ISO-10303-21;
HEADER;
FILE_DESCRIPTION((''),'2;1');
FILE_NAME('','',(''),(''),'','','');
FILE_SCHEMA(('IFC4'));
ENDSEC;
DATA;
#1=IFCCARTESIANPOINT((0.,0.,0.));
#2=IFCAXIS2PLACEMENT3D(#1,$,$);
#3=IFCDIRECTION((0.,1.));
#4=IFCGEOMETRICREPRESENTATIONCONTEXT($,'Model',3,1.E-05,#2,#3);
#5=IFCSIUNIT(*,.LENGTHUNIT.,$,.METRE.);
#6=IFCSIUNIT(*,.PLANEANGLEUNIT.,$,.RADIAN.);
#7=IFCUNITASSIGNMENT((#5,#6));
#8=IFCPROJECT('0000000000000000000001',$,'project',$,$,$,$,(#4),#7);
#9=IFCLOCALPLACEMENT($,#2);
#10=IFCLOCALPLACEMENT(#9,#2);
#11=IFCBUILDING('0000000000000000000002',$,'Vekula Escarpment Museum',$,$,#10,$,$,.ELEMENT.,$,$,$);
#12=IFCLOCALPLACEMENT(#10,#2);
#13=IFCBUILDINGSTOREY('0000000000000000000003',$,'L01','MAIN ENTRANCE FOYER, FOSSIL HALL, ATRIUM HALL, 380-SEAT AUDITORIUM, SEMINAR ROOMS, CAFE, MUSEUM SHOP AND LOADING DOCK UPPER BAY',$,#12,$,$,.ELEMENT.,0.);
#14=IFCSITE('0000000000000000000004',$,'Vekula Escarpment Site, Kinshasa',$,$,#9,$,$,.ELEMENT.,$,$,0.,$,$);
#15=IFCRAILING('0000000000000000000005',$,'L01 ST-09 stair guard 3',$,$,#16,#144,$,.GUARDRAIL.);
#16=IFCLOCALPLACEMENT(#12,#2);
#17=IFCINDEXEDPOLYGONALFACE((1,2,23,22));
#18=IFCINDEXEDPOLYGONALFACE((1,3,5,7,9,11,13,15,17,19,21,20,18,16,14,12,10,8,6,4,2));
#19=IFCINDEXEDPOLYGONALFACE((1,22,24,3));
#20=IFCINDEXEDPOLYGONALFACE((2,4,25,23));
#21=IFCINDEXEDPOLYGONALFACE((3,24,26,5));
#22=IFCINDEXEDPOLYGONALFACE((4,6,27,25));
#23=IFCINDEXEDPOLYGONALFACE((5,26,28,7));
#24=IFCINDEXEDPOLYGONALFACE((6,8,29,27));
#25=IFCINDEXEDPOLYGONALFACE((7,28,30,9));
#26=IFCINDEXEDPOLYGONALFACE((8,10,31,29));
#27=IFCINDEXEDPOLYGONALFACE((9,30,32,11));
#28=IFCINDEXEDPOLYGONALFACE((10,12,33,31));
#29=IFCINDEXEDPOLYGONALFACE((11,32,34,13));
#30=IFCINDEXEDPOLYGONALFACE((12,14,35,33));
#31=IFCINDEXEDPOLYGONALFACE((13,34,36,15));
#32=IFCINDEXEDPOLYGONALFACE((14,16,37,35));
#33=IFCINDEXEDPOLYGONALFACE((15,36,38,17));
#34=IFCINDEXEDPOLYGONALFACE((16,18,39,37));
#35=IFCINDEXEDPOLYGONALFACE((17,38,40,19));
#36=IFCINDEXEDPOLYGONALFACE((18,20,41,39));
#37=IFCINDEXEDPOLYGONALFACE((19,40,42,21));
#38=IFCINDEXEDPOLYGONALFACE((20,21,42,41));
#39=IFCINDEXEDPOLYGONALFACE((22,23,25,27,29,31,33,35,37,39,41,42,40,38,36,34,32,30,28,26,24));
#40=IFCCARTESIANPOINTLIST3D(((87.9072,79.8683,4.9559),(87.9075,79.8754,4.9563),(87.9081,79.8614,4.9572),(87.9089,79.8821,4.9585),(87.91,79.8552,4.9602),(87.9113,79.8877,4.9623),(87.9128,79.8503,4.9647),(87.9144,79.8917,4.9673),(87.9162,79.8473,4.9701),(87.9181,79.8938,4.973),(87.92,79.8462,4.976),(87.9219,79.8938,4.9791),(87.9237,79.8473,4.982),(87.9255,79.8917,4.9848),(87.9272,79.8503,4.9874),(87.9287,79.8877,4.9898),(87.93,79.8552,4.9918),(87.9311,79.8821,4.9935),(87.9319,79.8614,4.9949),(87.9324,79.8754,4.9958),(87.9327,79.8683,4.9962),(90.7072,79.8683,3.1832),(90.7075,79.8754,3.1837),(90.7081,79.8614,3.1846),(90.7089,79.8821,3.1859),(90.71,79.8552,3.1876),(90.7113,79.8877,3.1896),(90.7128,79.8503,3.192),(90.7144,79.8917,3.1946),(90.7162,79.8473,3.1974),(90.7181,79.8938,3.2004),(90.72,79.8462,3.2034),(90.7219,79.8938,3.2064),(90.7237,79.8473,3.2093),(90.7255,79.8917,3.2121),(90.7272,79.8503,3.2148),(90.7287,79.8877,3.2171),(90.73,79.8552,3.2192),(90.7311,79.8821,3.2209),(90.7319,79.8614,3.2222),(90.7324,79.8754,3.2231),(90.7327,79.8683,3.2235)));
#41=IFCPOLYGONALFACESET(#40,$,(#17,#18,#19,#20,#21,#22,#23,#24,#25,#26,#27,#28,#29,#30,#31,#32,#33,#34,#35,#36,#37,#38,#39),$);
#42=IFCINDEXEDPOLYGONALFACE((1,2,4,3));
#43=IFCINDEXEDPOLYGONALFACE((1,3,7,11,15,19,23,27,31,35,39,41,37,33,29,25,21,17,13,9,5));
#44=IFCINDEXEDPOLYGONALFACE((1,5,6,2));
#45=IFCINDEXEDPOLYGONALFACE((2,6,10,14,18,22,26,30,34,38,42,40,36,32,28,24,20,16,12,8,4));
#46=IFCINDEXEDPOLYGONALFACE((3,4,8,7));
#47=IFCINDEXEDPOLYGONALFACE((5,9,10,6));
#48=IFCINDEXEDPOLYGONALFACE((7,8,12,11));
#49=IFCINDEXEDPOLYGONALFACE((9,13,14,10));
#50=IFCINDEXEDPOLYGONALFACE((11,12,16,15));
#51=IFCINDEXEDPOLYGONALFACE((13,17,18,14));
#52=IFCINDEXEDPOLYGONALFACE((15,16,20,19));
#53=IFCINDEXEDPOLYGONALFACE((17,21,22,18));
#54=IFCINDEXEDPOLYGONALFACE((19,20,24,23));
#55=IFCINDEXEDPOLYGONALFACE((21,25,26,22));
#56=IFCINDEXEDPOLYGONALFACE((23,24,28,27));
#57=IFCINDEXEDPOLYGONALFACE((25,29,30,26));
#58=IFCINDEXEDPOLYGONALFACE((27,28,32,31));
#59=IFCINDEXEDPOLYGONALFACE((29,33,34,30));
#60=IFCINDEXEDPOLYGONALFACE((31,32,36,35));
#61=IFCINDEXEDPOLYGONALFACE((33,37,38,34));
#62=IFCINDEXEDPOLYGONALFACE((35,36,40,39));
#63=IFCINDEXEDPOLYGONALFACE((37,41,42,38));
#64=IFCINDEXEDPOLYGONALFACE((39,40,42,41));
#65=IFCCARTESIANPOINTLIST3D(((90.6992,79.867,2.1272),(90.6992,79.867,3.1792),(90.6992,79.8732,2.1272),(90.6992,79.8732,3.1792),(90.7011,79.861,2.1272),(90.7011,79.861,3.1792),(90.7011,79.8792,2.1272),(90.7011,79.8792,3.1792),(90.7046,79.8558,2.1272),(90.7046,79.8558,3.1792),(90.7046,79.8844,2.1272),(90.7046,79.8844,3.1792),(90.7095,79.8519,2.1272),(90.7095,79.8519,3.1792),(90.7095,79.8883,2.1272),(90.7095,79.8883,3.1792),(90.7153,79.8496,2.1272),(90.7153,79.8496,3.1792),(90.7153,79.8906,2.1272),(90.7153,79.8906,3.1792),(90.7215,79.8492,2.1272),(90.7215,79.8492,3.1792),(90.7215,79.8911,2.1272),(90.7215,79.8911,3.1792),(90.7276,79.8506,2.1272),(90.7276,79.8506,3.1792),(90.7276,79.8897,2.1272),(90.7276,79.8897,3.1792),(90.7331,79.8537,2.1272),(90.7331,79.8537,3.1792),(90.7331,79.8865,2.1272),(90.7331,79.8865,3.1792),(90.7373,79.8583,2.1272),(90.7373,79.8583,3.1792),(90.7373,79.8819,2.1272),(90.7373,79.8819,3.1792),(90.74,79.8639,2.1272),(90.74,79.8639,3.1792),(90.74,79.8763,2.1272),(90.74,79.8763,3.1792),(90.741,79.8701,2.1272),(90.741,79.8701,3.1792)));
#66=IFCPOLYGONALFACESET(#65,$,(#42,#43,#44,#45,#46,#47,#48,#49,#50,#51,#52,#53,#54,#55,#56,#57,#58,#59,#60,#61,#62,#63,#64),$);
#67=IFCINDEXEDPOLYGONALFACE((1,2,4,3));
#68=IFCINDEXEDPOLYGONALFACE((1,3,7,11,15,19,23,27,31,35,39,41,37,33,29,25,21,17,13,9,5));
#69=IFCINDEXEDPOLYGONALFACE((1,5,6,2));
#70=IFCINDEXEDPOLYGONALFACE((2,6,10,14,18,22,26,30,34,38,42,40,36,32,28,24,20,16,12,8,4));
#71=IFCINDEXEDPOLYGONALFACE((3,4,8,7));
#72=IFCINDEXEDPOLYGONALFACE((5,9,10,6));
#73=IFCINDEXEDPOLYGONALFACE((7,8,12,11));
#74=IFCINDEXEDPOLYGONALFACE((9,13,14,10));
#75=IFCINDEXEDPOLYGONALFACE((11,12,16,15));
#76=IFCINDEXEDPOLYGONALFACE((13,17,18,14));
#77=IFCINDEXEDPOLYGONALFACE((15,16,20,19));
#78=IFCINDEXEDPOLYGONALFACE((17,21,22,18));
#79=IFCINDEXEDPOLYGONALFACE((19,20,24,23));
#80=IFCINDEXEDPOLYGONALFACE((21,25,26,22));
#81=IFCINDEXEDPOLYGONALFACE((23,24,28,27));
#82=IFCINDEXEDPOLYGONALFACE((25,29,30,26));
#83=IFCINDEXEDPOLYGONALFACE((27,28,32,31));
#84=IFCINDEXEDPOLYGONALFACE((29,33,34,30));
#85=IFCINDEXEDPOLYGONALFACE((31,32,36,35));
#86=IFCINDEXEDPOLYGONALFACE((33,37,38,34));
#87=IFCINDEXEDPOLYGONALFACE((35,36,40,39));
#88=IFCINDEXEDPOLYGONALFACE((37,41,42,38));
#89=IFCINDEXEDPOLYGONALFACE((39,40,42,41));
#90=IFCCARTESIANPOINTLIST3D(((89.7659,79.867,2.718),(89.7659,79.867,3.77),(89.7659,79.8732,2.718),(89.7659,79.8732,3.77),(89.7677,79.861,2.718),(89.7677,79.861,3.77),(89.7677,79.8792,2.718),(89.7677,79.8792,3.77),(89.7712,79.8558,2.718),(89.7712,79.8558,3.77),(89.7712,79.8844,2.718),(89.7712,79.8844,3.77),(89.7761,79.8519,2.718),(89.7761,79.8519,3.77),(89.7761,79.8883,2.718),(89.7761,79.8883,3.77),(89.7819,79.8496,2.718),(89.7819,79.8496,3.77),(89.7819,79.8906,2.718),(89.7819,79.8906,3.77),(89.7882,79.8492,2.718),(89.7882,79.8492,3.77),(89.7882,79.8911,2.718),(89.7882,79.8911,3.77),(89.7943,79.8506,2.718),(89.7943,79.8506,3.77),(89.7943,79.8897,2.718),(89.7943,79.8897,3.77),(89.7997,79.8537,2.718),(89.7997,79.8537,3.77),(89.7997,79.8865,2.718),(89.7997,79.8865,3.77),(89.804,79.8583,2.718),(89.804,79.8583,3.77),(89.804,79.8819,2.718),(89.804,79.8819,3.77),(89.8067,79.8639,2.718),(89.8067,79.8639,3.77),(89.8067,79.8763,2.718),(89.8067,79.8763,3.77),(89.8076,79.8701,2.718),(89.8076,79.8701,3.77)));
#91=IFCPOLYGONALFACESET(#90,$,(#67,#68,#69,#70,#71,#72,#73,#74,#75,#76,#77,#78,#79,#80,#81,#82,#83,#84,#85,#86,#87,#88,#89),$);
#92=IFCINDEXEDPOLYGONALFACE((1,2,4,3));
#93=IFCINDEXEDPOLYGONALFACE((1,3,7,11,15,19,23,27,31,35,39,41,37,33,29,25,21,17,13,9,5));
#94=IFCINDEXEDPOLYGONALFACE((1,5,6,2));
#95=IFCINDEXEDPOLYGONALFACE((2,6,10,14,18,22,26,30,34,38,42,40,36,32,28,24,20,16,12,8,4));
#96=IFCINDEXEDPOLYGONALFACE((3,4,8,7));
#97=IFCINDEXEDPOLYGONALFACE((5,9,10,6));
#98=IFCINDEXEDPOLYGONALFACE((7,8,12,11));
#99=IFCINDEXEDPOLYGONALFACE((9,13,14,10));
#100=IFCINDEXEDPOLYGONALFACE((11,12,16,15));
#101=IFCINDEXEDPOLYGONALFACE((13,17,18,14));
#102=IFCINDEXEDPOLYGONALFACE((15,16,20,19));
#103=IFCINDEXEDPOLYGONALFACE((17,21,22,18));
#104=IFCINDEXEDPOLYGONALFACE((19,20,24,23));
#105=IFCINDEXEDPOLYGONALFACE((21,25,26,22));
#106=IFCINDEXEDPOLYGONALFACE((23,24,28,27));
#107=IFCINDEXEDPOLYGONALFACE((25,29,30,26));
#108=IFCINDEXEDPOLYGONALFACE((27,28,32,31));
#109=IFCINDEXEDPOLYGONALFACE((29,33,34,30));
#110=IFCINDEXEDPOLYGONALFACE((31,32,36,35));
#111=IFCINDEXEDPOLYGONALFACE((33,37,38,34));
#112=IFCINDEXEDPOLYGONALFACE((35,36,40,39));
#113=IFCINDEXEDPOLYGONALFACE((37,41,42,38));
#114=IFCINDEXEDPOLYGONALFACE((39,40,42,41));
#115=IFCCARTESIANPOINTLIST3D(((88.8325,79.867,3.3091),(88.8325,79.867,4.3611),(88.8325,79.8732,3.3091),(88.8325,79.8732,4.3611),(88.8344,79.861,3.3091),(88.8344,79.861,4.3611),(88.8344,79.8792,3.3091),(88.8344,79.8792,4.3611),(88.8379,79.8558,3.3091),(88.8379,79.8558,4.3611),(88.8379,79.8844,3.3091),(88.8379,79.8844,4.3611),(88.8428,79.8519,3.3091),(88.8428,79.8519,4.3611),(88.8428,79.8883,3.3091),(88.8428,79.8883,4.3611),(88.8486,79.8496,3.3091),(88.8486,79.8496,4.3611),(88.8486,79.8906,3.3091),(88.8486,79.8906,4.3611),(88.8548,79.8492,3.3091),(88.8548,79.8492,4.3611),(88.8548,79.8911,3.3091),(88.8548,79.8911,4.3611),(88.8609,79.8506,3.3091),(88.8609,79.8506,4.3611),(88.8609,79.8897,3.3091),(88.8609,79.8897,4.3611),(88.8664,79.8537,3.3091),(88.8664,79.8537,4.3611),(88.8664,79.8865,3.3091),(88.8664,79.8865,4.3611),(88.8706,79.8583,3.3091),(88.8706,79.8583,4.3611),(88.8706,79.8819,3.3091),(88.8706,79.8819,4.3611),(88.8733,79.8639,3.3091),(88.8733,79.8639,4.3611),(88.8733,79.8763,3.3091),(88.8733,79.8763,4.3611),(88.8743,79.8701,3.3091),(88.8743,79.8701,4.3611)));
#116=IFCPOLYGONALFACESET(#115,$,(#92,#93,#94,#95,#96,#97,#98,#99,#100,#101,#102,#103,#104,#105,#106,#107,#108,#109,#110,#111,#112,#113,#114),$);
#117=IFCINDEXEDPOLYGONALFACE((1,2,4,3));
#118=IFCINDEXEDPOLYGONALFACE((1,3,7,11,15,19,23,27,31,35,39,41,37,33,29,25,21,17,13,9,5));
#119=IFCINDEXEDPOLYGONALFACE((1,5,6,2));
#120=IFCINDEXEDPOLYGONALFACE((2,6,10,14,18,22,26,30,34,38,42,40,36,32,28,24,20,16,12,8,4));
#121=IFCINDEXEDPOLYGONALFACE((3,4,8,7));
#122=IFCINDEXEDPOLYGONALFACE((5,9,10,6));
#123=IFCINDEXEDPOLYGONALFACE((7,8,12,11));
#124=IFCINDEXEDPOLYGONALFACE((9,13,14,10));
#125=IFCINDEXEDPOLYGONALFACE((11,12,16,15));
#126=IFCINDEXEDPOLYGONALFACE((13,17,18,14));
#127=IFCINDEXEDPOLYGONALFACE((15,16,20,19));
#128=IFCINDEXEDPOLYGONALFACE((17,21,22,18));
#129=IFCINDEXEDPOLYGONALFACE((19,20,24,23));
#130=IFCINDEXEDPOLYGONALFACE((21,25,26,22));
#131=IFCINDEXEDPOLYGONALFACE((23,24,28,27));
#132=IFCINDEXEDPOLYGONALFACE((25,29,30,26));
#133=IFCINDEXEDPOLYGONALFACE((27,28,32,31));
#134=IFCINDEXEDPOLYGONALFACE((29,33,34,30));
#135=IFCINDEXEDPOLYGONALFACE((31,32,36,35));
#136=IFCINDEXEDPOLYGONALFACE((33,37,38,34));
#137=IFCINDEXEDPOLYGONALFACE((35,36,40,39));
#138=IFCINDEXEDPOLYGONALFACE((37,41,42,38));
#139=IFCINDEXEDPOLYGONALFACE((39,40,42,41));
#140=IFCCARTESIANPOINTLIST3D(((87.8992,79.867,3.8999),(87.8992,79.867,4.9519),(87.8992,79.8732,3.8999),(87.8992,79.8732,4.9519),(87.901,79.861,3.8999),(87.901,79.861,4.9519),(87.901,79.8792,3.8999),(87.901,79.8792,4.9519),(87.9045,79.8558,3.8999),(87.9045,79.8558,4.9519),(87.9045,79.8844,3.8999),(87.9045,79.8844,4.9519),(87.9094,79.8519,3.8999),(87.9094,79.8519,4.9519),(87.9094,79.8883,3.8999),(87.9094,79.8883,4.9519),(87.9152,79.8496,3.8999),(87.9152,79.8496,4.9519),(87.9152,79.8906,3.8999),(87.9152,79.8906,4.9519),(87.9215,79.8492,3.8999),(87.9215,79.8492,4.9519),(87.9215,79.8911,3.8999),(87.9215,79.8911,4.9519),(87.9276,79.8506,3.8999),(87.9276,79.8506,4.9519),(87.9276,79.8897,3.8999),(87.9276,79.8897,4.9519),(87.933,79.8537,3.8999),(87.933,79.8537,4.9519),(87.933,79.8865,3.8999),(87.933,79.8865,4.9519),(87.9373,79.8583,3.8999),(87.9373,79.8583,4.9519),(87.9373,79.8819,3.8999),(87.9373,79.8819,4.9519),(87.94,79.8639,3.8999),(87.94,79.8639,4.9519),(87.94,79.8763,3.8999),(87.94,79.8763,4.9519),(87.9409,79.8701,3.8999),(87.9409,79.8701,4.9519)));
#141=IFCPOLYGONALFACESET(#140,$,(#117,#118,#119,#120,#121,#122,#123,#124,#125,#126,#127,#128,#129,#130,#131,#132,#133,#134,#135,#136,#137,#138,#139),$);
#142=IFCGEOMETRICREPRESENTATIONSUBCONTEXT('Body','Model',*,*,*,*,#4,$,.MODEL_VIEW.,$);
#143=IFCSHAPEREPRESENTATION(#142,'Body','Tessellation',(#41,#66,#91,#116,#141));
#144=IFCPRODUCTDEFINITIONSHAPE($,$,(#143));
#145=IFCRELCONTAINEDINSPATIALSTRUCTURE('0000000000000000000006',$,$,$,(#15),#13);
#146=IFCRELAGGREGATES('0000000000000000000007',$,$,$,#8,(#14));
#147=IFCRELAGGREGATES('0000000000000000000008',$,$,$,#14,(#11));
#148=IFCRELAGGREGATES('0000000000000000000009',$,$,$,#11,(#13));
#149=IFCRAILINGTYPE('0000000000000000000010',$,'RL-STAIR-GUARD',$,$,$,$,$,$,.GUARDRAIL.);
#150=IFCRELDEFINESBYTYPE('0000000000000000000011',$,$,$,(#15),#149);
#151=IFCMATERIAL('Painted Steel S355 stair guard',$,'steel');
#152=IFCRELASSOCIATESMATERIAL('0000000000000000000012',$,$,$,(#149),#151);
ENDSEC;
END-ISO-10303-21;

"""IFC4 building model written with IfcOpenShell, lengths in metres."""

from ifc_helpers import new_model, si_unit, direction, frame, origin, origin_2d, place, context, subcontext, project, spatial, circle, extrude, material, type_object, element, save


model = new_model("IFC4")

# Units and contexts
model_context = context("Model", 3, precision=1e-05, world=origin(), true_north=direction((0.0, 1.0)))
body_context = subcontext(model_context, "Body", "Model", "MODEL_VIEW")
ifc_project = project(units=[si_unit("LENGTHUNIT", "METRE"), si_unit("PLANEANGLEUNIT", "RADIAN")], contexts=[model_context])

# Site, building, storey
site_placement = place(None, origin())
site = spatial("IfcSite", under=ifc_project, at=site_placement, Name="Vekula Escarpment Site, Kinshasa", CompositionType="ELEMENT", RefElevation=0.0)
building_placement = place(site_placement, origin())
building = spatial("IfcBuilding", under=site, at=building_placement, Name="Vekula Escarpment Museum", CompositionType="ELEMENT")
storey_placement = place(building_placement, origin())
storey = spatial("IfcBuildingStorey", under=building, at=storey_placement, Name="L01", Description="MAIN ENTRANCE FOYER, FOSSIL HALL, ATRIUM HALL, 380-SEAT AUDITORIUM, SEMINAR ROOMS, CAFE, MUSEUM SHOP AND LOADING DOCK UPPER BAY", CompositionType="ELEMENT", Elevation=0.0)

# Railing
ifc_material_1 = material(Name="Painted Steel S355 stair guard", Category="steel")
railing_type_1 = type_object("IfcRailingType", Name="RL-STAIR-GUARD", PredefinedType="GUARDRAIL", material=ifc_material_1)
railing_1_placement = place(storey_placement, frame((90.72, 79.8701, 2.1272)))
element("IfcRailing", 1, at=railing_1_placement, inside=storey, type_object=railing_type_1, Name="L01 ST-09 stair guard 3", PredefinedType="GUARDRAIL", context=body_context, shape_type="SweptSolid", body=[
    extrude(circle(Radius=0.0239, at=origin_2d()), frame((0.0, 0.0, 1.0762), z_axis=(-0.844909, 0.0, 0.53491), x_axis=(0.0, -1.0, 0.0)), (0.0, 0.0, 1.0), 3.314),
    extrude(circle(Radius=0.021, at=origin_2d()), origin(), (0.0, 0.0, 1.0), 1.052),
    extrude(circle(Radius=0.021, at=origin_2d()), frame((-0.9333, 0.0, 0.5908)), (0.0, 0.0, 1.0), 1.052),
    extrude(circle(Radius=0.021, at=origin_2d()), frame((-1.8667, 0.0, 1.1819)), (0.0, 0.0, 1.0), 1.052),
    extrude(circle(Radius=0.021, at=origin_2d()), frame((-2.8, 0.0, 1.7727)), (0.0, 0.0, 1.0), 1.052),
])

save(model, "model.ifc")
